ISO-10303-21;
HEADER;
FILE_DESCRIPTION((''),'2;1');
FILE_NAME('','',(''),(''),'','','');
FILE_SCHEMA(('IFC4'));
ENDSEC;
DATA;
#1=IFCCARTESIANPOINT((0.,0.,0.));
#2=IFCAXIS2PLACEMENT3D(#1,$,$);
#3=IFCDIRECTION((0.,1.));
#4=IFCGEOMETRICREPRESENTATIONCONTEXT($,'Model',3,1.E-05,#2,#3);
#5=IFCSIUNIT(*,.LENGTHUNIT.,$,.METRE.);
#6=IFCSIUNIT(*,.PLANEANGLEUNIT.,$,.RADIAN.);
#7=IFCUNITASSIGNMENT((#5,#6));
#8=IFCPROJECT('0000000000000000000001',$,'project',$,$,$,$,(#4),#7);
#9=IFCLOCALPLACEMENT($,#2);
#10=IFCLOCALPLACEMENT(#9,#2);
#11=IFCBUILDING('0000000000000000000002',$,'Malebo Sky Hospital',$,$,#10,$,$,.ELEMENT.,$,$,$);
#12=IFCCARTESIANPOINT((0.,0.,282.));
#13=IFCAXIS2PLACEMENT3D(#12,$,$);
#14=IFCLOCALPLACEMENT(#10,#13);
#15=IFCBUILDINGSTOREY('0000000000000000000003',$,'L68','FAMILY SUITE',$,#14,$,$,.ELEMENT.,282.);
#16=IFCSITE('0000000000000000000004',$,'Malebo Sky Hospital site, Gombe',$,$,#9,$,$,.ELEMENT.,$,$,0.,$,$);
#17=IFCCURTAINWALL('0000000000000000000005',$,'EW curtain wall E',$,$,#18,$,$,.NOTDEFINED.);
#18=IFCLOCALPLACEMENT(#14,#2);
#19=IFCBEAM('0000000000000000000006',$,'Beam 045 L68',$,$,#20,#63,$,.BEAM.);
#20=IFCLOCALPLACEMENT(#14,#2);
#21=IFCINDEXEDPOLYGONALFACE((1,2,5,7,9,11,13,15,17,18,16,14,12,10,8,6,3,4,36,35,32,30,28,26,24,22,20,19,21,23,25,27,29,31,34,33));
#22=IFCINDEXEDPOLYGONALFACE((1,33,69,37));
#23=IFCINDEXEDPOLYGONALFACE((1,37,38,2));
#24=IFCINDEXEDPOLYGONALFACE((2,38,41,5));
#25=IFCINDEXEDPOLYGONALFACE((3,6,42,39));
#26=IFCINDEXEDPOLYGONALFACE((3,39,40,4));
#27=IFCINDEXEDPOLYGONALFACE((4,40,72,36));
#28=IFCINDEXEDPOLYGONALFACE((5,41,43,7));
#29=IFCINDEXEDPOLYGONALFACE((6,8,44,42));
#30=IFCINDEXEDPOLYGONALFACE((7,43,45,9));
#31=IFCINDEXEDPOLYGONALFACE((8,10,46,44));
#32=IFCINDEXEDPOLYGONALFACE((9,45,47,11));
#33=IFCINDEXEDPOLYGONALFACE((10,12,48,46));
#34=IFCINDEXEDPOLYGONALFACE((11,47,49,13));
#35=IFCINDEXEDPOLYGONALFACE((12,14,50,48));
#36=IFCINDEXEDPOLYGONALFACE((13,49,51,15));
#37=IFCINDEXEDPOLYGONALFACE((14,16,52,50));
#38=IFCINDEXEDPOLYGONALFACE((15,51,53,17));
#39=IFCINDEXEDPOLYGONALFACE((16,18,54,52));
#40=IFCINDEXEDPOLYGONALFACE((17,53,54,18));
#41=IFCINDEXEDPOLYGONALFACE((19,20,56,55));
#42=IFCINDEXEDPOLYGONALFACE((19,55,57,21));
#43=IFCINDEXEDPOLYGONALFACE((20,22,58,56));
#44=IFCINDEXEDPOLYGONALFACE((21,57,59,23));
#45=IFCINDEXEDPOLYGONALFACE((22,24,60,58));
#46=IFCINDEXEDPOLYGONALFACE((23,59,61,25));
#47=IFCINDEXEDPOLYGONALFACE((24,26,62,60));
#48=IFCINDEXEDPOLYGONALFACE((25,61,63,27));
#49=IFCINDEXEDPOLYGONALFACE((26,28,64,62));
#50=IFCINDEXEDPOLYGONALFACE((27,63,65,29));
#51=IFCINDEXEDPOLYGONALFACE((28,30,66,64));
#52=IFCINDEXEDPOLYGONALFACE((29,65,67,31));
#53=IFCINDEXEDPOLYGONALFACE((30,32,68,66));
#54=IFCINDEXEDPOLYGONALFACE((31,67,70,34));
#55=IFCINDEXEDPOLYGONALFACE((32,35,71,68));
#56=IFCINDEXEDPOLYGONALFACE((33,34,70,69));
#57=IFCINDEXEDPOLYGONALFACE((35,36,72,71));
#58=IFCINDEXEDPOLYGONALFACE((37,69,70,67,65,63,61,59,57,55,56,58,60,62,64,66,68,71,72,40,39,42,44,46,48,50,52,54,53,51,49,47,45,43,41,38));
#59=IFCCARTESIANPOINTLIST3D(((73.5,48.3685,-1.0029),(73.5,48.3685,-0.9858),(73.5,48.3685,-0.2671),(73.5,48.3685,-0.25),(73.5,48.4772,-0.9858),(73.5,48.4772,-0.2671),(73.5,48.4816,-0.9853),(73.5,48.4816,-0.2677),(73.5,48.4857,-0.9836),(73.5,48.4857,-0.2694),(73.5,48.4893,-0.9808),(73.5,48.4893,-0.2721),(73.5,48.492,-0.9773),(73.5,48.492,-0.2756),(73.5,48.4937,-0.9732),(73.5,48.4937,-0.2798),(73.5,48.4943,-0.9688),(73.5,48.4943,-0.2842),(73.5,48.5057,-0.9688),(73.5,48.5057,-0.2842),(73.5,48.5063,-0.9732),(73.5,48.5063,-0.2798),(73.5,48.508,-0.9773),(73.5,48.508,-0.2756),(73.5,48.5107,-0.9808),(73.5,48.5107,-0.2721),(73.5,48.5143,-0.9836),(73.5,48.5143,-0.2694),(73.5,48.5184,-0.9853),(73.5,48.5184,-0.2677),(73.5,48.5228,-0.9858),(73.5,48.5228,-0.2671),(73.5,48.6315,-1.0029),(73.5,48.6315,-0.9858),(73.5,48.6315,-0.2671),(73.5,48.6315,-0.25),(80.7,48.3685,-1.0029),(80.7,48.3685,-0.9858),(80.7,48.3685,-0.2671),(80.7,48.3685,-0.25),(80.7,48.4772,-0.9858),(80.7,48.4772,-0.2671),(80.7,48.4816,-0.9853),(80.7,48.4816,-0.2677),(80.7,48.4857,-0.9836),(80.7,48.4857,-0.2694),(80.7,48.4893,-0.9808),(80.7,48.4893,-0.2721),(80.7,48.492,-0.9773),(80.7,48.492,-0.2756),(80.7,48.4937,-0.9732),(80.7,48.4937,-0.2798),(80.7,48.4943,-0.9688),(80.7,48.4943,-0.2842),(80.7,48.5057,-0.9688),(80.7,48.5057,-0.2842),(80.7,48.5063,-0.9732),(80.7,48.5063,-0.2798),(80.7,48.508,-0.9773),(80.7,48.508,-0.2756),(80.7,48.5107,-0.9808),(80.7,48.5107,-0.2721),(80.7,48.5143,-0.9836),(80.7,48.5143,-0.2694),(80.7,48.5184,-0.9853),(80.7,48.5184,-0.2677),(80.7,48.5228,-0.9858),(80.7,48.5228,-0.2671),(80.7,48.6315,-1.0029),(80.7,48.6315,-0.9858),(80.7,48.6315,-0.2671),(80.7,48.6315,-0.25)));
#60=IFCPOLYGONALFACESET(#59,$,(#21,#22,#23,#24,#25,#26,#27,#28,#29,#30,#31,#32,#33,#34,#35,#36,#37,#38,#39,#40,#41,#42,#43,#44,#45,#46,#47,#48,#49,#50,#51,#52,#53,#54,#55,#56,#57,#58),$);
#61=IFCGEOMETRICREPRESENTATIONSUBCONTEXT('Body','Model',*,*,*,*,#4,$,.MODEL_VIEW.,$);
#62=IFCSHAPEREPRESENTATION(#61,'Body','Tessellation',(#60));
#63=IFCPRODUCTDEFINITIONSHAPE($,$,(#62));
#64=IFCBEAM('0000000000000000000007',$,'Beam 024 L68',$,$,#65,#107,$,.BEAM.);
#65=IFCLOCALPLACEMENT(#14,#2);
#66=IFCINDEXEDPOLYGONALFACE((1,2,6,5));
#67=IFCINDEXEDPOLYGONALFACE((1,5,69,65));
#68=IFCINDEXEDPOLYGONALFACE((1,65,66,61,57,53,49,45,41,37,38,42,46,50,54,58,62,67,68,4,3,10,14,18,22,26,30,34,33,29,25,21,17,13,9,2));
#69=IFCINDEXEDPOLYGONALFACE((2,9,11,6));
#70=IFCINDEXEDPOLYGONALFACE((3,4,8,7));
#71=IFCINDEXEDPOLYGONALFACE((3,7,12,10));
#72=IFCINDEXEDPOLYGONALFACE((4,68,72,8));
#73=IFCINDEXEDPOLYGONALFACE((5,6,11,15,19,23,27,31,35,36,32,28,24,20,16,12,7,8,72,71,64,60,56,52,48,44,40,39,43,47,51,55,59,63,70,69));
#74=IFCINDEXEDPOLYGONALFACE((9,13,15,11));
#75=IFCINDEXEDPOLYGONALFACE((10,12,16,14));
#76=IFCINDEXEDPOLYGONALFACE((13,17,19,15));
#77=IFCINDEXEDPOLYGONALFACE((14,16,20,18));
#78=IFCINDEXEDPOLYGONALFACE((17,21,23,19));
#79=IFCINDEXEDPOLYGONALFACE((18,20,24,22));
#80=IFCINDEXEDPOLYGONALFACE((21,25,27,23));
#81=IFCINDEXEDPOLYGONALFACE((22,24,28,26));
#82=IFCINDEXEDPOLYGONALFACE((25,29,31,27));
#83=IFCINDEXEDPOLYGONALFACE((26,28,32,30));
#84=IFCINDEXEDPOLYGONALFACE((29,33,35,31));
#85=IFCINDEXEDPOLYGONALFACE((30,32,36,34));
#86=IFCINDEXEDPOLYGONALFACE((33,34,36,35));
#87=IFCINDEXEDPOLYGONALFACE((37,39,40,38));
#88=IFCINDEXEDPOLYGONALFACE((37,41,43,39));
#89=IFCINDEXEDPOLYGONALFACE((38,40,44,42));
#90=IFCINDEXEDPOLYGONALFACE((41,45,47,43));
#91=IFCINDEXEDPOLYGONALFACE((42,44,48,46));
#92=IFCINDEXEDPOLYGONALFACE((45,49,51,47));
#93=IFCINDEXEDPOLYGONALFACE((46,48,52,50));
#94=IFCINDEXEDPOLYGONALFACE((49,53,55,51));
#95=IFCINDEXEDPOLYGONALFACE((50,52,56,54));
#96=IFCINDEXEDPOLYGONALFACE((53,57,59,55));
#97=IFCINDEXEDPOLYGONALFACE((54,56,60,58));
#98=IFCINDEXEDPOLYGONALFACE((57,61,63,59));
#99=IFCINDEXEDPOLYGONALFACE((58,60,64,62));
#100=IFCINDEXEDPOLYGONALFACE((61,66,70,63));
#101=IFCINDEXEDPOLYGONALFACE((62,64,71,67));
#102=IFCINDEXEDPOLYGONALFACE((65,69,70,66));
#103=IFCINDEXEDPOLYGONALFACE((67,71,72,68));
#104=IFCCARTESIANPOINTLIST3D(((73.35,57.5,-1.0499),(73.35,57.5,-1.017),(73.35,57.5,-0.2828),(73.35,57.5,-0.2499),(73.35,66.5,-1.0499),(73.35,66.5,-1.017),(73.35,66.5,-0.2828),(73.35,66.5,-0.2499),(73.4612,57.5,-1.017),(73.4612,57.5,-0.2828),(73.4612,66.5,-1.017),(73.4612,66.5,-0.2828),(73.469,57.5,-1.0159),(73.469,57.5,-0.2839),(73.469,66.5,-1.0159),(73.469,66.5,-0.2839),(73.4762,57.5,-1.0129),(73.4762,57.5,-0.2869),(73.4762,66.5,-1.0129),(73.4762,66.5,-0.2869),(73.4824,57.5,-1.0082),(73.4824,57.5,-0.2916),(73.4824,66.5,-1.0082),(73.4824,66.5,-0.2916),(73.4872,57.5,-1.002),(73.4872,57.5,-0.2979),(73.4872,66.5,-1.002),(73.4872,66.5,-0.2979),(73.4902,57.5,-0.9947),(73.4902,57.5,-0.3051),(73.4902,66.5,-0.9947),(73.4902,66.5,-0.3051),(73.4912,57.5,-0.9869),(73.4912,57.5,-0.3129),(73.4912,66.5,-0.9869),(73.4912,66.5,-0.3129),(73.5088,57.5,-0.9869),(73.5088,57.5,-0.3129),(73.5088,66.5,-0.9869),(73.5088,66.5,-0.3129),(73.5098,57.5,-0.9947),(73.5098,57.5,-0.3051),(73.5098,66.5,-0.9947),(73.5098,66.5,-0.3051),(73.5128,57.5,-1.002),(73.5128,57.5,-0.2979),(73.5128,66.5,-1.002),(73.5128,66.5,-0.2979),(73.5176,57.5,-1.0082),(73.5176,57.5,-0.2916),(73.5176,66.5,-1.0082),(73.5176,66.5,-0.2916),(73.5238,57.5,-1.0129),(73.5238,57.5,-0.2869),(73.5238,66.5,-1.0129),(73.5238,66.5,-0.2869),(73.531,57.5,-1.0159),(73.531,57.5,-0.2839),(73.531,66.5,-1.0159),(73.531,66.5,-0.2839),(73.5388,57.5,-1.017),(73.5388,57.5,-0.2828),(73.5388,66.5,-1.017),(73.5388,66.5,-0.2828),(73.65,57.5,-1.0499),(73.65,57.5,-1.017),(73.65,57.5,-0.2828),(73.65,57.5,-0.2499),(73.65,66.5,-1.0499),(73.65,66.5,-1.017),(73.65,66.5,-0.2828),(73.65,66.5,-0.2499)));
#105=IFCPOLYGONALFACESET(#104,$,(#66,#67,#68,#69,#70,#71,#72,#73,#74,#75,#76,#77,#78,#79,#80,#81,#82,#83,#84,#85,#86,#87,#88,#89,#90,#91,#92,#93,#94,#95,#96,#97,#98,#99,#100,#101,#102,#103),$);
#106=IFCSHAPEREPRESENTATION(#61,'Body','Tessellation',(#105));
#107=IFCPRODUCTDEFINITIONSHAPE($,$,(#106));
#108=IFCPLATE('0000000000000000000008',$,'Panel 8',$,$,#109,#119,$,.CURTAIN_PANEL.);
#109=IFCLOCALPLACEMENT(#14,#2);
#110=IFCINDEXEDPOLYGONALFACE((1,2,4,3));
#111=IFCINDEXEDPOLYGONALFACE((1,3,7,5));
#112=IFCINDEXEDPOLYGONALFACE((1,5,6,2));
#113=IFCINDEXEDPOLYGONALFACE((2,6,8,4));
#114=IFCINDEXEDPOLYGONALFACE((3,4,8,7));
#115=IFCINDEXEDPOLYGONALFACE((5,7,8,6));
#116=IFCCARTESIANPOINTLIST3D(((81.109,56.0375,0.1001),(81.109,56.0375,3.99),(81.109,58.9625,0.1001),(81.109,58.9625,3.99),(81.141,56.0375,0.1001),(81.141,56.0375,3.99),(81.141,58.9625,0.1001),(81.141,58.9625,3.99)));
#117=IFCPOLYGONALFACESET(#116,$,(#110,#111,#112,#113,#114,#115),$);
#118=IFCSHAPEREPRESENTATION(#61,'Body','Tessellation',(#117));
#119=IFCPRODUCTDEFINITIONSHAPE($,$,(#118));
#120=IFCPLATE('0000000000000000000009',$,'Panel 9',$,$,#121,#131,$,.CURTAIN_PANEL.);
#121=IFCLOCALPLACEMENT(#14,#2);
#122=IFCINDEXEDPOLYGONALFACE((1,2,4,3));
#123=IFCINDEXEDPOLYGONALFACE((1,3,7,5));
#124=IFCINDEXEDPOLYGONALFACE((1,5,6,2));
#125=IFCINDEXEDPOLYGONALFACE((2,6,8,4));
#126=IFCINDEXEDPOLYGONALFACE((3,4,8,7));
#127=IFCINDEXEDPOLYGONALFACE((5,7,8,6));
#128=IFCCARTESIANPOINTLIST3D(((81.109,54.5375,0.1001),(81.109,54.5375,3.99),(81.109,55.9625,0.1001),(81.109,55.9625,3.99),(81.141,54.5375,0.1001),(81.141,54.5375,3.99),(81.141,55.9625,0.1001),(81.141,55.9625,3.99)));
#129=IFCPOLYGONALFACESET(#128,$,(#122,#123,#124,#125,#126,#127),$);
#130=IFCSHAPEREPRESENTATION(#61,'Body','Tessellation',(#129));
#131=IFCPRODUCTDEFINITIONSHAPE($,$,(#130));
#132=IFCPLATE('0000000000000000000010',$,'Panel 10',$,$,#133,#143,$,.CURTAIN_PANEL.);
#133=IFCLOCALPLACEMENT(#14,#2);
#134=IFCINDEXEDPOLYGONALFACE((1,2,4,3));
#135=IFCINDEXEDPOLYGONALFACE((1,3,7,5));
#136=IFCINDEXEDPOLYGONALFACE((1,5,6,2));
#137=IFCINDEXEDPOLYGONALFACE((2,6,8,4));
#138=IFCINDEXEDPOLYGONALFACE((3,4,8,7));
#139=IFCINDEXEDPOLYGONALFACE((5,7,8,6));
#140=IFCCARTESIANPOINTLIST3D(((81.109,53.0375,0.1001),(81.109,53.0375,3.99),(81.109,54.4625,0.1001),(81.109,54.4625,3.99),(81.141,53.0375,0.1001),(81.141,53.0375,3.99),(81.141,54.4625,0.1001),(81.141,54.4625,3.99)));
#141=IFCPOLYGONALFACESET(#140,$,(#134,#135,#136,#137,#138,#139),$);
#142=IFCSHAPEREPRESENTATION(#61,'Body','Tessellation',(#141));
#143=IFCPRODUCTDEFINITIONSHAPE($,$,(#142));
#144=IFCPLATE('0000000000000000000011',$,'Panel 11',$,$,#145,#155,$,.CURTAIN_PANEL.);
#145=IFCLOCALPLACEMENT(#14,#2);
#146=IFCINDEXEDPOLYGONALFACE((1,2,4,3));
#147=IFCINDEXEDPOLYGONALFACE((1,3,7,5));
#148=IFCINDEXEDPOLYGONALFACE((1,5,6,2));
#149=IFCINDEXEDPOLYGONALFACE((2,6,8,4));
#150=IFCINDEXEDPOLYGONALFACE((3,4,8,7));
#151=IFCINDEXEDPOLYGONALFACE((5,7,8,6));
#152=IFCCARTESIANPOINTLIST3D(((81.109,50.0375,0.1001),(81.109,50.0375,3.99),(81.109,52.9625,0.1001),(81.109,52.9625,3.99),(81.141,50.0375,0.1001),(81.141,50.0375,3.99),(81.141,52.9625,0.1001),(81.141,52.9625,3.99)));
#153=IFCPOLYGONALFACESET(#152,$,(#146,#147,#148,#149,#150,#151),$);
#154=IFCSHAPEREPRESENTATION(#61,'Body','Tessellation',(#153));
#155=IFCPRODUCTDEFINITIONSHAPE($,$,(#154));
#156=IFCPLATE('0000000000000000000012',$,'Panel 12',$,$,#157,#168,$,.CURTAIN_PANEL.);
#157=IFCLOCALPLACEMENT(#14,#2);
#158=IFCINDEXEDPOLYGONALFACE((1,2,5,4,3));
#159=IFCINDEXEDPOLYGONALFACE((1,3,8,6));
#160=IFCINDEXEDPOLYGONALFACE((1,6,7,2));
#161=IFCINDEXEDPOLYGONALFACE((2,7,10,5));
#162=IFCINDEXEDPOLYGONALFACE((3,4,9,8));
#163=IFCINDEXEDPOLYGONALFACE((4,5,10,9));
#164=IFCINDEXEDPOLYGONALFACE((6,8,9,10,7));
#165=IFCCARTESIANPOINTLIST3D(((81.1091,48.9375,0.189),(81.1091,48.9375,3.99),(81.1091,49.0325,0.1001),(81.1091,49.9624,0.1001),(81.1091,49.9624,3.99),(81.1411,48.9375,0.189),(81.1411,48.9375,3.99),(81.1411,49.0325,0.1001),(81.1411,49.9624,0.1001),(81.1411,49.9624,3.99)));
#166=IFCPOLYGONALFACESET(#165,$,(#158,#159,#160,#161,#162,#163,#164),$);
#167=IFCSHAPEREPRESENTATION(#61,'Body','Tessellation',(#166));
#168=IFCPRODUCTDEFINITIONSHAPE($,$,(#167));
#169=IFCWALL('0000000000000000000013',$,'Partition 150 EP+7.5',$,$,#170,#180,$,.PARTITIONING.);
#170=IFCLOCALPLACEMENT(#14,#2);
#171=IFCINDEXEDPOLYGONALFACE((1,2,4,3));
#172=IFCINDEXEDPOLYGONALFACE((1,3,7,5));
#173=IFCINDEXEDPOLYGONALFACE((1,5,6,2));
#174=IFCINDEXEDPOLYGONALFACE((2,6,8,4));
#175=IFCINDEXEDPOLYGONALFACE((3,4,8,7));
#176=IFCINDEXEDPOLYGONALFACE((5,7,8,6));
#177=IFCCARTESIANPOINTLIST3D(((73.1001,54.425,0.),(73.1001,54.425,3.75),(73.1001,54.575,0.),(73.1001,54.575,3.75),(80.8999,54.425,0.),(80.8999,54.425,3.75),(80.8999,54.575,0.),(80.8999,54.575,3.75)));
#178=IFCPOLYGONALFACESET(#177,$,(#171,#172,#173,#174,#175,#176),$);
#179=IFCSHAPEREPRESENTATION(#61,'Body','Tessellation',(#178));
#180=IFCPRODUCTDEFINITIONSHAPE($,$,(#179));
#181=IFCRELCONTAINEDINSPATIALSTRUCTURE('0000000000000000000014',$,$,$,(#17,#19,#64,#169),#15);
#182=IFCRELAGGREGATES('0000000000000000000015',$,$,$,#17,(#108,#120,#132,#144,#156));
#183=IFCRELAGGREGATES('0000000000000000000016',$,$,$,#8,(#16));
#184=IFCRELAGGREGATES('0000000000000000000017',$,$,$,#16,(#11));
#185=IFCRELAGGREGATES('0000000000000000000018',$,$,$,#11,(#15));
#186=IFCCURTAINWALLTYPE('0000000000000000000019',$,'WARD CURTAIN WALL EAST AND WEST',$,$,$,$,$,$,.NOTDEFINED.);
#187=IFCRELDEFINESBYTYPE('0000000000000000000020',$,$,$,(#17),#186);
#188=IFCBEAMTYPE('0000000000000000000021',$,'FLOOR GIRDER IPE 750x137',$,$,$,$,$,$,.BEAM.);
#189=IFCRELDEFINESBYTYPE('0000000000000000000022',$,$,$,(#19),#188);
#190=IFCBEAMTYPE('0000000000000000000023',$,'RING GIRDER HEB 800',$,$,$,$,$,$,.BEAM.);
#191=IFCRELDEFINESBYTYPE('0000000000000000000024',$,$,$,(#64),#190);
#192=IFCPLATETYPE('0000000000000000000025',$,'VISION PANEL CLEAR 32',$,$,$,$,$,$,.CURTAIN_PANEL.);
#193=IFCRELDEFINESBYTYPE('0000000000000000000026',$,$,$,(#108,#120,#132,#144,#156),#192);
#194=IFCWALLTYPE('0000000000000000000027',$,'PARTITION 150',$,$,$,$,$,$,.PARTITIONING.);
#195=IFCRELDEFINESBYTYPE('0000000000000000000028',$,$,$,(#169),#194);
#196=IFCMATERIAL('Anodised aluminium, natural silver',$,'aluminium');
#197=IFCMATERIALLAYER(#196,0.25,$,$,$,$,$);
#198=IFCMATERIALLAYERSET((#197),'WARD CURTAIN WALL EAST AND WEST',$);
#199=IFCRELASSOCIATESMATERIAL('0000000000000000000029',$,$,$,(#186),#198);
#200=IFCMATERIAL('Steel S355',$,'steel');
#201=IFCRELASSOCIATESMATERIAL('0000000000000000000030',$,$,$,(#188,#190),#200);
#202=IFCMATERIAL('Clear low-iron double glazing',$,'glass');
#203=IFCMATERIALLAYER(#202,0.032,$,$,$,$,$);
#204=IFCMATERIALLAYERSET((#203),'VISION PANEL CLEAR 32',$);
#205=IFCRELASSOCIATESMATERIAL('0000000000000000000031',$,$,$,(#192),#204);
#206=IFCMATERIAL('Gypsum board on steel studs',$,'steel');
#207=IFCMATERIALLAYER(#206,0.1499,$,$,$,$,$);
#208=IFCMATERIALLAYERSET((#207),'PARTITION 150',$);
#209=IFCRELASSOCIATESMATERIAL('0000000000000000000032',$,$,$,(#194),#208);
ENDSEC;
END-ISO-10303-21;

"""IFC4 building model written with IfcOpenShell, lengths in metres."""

from ifc_helpers import new_model, si_unit, direction, frame, frame_2d, origin, origin_2d, place, context, subcontext, project, spatial, polyline, rectangle, i_section, outline, extrude, material, layer, layer_set, material_profile, profile_set, type_object, element, aggregate, save


model = new_model("IFC4")

# Units and contexts
model_context = context("Model", 3, precision=1e-05, world=origin(), true_north=direction((0.0, 1.0)))
body_context = subcontext(model_context, "Body", "Model", "MODEL_VIEW")
ifc_project = project(units=[si_unit("LENGTHUNIT", "METRE"), si_unit("PLANEANGLEUNIT", "RADIAN")], contexts=[model_context])

# Site, building, storey
site_placement = place(None, origin())
site = spatial("IfcSite", under=ifc_project, at=site_placement, Name="Malebo Sky Hospital site, Gombe", CompositionType="ELEMENT", RefElevation=0.0)
building_placement = place(site_placement, origin())
building = spatial("IfcBuilding", under=site, at=building_placement, Name="Malebo Sky Hospital", CompositionType="ELEMENT")
storey_placement = place(building_placement, frame((0.0, 0.0, 282.0)))
storey = spatial("IfcBuildingStorey", under=building, at=storey_placement, Name="L68", Description="FAMILY SUITE", CompositionType="ELEMENT", Elevation=282.0)

# Curtain wall
ifc_material_1 = material(Name="Anodised aluminium, natural silver", Category="aluminium")
ifc_layer_1 = layer(ifc_material_1, 0.25)
ifc_layer_set_1 = layer_set([ifc_layer_1], Name="WARD CURTAIN WALL EAST AND WEST")
curtain_wall_type = type_object("IfcCurtainWallType", Name="WARD CURTAIN WALL EAST AND WEST", PredefinedType="NOTDEFINED", material=ifc_layer_set_1)
curtain_wall_placement = place(storey_placement, origin())
curtain_wall = element("IfcCurtainWall", 1, at=curtain_wall_placement, inside=storey, type_object=curtain_wall_type, Name="EW curtain wall E", PredefinedType="NOTDEFINED")

# Shared definitions
ifc_material_2 = material(Name="Steel S355", Category="steel")

# Beams
ifc_material_profile_1 = material_profile(ifc_material_2, i_section(OverallWidth=0.2629, OverallDepth=0.7529, WebThickness=0.0115, FlangeThickness=0.0171, FilletRadius=0.0171, at=origin_2d()), Name="IPE 750x137")
ifc_profile_set_1 = profile_set([ifc_material_profile_1], Name="Steel S355")
beam_type_1 = type_object("IfcBeamType", Name="FLOOR GIRDER IPE 750x137", PredefinedType="BEAM", material=ifc_profile_set_1)
beam_1_placement = place(storey_placement, frame((73.5, 48.5, -0.6265), z_axis=(1.0, 0.0, 0.0), x_axis=(0.0, 1.0, 0.0)))
element("IfcBeam", 2, at=beam_1_placement, inside=storey, type_object=beam_type_1, Name="Beam 045 L68", PredefinedType="BEAM", context=body_context, shape_type="SweptSolid", body=[
    extrude(i_section(OverallWidth=0.2629, OverallDepth=0.7529, WebThickness=0.0115, FlangeThickness=0.0171, FilletRadius=0.0171, at=origin_2d()), origin(), (0.0, 0.0, 1.0), 7.2),
])
ifc_material_profile_2 = material_profile(ifc_material_2, i_section(OverallWidth=0.3, OverallDepth=0.8, WebThickness=0.0176, FlangeThickness=0.033, FilletRadius=0.03, at=origin_2d()), Name="HEB 800")
ifc_profile_set_2 = profile_set([ifc_material_profile_2], Name="Steel S355")
beam_type_2 = type_object("IfcBeamType", Name="RING GIRDER HEB 800", PredefinedType="BEAM", material=ifc_profile_set_2)
beam_2_placement = place(storey_placement, frame((73.5, 57.5, -0.6499), z_axis=(0.0, 1.0, 0.0), x_axis=(-1.0, 0.0, 0.0)))
element("IfcBeam", 3, at=beam_2_placement, inside=storey, type_object=beam_type_2, Name="Beam 024 L68", PredefinedType="BEAM", context=body_context, shape_type="SweptSolid", body=[
    extrude(i_section(OverallWidth=0.3, OverallDepth=0.8, WebThickness=0.0176, FlangeThickness=0.033, FilletRadius=0.03, at=origin_2d()), origin(), (0.0, 0.0, 1.0), 9.0),
])

# Plates
ifc_material_3 = material(Name="Clear low-iron double glazing", Category="glass")
ifc_layer_2 = layer(ifc_material_3, 0.032)
ifc_layer_set_2 = layer_set([ifc_layer_2], Name="VISION PANEL CLEAR 32")
plate_type = type_object("IfcPlateType", Name="VISION PANEL CLEAR 32", PredefinedType="CURTAIN_PANEL", material=ifc_layer_set_2)
plate_1_placement = place(storey_placement, frame((81.125, 57.5, 0.1001), z_axis=(0.0, 0.0, 1.0), x_axis=(0.0, -1.0, 0.0)))
plate_1 = element("IfcPlate", 4, at=plate_1_placement, type_object=plate_type, Name="Panel 8", PredefinedType="CURTAIN_PANEL", context=body_context, shape_type="SweptSolid", body=[
    extrude(rectangle(XDim=2.925, YDim=0.032, at=origin_2d()), origin(), (0.0, 0.0, 1.0), 3.8899),
])
plate_2_placement = place(storey_placement, frame((81.125, 55.25, 0.1001), z_axis=(0.0, 0.0, 1.0), x_axis=(0.0, -1.0, 0.0)))
plate_2 = element("IfcPlate", 5, at=plate_2_placement, type_object=plate_type, Name="Panel 9", PredefinedType="CURTAIN_PANEL", context=body_context, shape_type="SweptSolid", body=[
    extrude(rectangle(XDim=1.425, YDim=0.032, at=origin_2d()), origin(), (0.0, 0.0, 1.0), 3.8899),
])
plate_3_placement = place(storey_placement, frame((81.125, 53.75, 0.1001), z_axis=(0.0, 0.0, 1.0), x_axis=(0.0, -1.0, 0.0)))
plate_3 = element("IfcPlate", 6, at=plate_3_placement, type_object=plate_type, Name="Panel 10", PredefinedType="CURTAIN_PANEL", context=body_context, shape_type="SweptSolid", body=[
    extrude(rectangle(XDim=1.425, YDim=0.032, at=origin_2d()), origin(), (0.0, 0.0, 1.0), 3.8899),
])
plate_4_placement = place(storey_placement, frame((81.125, 51.5, 0.1001), z_axis=(0.0, 0.0, 1.0), x_axis=(0.0, -1.0, 0.0)))
plate_4 = element("IfcPlate", 7, at=plate_4_placement, type_object=plate_type, Name="Panel 11", PredefinedType="CURTAIN_PANEL", context=body_context, shape_type="SweptSolid", body=[
    extrude(rectangle(XDim=2.925, YDim=0.032, at=origin_2d()), origin(), (0.0, 0.0, 1.0), 3.8899),
])
plate_5_placement = place(storey_placement, frame((81.125, 49.45, 0.1001), z_axis=(0.0, 0.0, 1.0), x_axis=(0.0, -1.0, 0.0)))
plate_5 = element("IfcPlate", 8, at=plate_5_placement, type_object=plate_type, Name="Panel 12", PredefinedType="CURTAIN_PANEL", context=body_context, shape_type="SweptSolid", body=[
    extrude(outline(polyline([(-0.5125, 0.0), (0.4175, 0.0), (0.5125, 0.0889), (0.5125, 3.8899), (-0.5125, 3.8899), (-0.5125, 0.0)])), frame((0.0, 0.0161, 0.0), z_axis=(0.0, -1.0, 0.0), x_axis=(1.0, 0.0, 0.0)), (0.0, 0.0, 1.0), 0.032),
])
aggregate(curtain_wall, [plate_1, plate_2, plate_3, plate_4, plate_5])

# Wall
ifc_material_4 = material(Name="Gypsum board on steel studs", Category="steel")
ifc_layer_3 = layer(ifc_material_4, 0.1499)
ifc_layer_set_3 = layer_set([ifc_layer_3], Name="PARTITION 150")
wall_type = type_object("IfcWallType", Name="PARTITION 150", PredefinedType="PARTITIONING", material=ifc_layer_set_3)
wall_1_placement = place(storey_placement, frame((73.1001, 54.5, 0.0), z_axis=(0.0, 0.0, 1.0), x_axis=(1.0, 0.0, 0.0)))
element("IfcWall", 9, at=wall_1_placement, inside=storey, type_object=wall_type, Name="Partition 150 EP+7.5", PredefinedType="PARTITIONING", context=body_context, shape_type="SweptSolid", body=[
    extrude(rectangle(XDim=7.7998, YDim=0.1499, at=frame_2d((3.8999, 0.0))), origin(), (0.0, 0.0, 1.0), 3.75),
])

save(model, "model.ifc")
